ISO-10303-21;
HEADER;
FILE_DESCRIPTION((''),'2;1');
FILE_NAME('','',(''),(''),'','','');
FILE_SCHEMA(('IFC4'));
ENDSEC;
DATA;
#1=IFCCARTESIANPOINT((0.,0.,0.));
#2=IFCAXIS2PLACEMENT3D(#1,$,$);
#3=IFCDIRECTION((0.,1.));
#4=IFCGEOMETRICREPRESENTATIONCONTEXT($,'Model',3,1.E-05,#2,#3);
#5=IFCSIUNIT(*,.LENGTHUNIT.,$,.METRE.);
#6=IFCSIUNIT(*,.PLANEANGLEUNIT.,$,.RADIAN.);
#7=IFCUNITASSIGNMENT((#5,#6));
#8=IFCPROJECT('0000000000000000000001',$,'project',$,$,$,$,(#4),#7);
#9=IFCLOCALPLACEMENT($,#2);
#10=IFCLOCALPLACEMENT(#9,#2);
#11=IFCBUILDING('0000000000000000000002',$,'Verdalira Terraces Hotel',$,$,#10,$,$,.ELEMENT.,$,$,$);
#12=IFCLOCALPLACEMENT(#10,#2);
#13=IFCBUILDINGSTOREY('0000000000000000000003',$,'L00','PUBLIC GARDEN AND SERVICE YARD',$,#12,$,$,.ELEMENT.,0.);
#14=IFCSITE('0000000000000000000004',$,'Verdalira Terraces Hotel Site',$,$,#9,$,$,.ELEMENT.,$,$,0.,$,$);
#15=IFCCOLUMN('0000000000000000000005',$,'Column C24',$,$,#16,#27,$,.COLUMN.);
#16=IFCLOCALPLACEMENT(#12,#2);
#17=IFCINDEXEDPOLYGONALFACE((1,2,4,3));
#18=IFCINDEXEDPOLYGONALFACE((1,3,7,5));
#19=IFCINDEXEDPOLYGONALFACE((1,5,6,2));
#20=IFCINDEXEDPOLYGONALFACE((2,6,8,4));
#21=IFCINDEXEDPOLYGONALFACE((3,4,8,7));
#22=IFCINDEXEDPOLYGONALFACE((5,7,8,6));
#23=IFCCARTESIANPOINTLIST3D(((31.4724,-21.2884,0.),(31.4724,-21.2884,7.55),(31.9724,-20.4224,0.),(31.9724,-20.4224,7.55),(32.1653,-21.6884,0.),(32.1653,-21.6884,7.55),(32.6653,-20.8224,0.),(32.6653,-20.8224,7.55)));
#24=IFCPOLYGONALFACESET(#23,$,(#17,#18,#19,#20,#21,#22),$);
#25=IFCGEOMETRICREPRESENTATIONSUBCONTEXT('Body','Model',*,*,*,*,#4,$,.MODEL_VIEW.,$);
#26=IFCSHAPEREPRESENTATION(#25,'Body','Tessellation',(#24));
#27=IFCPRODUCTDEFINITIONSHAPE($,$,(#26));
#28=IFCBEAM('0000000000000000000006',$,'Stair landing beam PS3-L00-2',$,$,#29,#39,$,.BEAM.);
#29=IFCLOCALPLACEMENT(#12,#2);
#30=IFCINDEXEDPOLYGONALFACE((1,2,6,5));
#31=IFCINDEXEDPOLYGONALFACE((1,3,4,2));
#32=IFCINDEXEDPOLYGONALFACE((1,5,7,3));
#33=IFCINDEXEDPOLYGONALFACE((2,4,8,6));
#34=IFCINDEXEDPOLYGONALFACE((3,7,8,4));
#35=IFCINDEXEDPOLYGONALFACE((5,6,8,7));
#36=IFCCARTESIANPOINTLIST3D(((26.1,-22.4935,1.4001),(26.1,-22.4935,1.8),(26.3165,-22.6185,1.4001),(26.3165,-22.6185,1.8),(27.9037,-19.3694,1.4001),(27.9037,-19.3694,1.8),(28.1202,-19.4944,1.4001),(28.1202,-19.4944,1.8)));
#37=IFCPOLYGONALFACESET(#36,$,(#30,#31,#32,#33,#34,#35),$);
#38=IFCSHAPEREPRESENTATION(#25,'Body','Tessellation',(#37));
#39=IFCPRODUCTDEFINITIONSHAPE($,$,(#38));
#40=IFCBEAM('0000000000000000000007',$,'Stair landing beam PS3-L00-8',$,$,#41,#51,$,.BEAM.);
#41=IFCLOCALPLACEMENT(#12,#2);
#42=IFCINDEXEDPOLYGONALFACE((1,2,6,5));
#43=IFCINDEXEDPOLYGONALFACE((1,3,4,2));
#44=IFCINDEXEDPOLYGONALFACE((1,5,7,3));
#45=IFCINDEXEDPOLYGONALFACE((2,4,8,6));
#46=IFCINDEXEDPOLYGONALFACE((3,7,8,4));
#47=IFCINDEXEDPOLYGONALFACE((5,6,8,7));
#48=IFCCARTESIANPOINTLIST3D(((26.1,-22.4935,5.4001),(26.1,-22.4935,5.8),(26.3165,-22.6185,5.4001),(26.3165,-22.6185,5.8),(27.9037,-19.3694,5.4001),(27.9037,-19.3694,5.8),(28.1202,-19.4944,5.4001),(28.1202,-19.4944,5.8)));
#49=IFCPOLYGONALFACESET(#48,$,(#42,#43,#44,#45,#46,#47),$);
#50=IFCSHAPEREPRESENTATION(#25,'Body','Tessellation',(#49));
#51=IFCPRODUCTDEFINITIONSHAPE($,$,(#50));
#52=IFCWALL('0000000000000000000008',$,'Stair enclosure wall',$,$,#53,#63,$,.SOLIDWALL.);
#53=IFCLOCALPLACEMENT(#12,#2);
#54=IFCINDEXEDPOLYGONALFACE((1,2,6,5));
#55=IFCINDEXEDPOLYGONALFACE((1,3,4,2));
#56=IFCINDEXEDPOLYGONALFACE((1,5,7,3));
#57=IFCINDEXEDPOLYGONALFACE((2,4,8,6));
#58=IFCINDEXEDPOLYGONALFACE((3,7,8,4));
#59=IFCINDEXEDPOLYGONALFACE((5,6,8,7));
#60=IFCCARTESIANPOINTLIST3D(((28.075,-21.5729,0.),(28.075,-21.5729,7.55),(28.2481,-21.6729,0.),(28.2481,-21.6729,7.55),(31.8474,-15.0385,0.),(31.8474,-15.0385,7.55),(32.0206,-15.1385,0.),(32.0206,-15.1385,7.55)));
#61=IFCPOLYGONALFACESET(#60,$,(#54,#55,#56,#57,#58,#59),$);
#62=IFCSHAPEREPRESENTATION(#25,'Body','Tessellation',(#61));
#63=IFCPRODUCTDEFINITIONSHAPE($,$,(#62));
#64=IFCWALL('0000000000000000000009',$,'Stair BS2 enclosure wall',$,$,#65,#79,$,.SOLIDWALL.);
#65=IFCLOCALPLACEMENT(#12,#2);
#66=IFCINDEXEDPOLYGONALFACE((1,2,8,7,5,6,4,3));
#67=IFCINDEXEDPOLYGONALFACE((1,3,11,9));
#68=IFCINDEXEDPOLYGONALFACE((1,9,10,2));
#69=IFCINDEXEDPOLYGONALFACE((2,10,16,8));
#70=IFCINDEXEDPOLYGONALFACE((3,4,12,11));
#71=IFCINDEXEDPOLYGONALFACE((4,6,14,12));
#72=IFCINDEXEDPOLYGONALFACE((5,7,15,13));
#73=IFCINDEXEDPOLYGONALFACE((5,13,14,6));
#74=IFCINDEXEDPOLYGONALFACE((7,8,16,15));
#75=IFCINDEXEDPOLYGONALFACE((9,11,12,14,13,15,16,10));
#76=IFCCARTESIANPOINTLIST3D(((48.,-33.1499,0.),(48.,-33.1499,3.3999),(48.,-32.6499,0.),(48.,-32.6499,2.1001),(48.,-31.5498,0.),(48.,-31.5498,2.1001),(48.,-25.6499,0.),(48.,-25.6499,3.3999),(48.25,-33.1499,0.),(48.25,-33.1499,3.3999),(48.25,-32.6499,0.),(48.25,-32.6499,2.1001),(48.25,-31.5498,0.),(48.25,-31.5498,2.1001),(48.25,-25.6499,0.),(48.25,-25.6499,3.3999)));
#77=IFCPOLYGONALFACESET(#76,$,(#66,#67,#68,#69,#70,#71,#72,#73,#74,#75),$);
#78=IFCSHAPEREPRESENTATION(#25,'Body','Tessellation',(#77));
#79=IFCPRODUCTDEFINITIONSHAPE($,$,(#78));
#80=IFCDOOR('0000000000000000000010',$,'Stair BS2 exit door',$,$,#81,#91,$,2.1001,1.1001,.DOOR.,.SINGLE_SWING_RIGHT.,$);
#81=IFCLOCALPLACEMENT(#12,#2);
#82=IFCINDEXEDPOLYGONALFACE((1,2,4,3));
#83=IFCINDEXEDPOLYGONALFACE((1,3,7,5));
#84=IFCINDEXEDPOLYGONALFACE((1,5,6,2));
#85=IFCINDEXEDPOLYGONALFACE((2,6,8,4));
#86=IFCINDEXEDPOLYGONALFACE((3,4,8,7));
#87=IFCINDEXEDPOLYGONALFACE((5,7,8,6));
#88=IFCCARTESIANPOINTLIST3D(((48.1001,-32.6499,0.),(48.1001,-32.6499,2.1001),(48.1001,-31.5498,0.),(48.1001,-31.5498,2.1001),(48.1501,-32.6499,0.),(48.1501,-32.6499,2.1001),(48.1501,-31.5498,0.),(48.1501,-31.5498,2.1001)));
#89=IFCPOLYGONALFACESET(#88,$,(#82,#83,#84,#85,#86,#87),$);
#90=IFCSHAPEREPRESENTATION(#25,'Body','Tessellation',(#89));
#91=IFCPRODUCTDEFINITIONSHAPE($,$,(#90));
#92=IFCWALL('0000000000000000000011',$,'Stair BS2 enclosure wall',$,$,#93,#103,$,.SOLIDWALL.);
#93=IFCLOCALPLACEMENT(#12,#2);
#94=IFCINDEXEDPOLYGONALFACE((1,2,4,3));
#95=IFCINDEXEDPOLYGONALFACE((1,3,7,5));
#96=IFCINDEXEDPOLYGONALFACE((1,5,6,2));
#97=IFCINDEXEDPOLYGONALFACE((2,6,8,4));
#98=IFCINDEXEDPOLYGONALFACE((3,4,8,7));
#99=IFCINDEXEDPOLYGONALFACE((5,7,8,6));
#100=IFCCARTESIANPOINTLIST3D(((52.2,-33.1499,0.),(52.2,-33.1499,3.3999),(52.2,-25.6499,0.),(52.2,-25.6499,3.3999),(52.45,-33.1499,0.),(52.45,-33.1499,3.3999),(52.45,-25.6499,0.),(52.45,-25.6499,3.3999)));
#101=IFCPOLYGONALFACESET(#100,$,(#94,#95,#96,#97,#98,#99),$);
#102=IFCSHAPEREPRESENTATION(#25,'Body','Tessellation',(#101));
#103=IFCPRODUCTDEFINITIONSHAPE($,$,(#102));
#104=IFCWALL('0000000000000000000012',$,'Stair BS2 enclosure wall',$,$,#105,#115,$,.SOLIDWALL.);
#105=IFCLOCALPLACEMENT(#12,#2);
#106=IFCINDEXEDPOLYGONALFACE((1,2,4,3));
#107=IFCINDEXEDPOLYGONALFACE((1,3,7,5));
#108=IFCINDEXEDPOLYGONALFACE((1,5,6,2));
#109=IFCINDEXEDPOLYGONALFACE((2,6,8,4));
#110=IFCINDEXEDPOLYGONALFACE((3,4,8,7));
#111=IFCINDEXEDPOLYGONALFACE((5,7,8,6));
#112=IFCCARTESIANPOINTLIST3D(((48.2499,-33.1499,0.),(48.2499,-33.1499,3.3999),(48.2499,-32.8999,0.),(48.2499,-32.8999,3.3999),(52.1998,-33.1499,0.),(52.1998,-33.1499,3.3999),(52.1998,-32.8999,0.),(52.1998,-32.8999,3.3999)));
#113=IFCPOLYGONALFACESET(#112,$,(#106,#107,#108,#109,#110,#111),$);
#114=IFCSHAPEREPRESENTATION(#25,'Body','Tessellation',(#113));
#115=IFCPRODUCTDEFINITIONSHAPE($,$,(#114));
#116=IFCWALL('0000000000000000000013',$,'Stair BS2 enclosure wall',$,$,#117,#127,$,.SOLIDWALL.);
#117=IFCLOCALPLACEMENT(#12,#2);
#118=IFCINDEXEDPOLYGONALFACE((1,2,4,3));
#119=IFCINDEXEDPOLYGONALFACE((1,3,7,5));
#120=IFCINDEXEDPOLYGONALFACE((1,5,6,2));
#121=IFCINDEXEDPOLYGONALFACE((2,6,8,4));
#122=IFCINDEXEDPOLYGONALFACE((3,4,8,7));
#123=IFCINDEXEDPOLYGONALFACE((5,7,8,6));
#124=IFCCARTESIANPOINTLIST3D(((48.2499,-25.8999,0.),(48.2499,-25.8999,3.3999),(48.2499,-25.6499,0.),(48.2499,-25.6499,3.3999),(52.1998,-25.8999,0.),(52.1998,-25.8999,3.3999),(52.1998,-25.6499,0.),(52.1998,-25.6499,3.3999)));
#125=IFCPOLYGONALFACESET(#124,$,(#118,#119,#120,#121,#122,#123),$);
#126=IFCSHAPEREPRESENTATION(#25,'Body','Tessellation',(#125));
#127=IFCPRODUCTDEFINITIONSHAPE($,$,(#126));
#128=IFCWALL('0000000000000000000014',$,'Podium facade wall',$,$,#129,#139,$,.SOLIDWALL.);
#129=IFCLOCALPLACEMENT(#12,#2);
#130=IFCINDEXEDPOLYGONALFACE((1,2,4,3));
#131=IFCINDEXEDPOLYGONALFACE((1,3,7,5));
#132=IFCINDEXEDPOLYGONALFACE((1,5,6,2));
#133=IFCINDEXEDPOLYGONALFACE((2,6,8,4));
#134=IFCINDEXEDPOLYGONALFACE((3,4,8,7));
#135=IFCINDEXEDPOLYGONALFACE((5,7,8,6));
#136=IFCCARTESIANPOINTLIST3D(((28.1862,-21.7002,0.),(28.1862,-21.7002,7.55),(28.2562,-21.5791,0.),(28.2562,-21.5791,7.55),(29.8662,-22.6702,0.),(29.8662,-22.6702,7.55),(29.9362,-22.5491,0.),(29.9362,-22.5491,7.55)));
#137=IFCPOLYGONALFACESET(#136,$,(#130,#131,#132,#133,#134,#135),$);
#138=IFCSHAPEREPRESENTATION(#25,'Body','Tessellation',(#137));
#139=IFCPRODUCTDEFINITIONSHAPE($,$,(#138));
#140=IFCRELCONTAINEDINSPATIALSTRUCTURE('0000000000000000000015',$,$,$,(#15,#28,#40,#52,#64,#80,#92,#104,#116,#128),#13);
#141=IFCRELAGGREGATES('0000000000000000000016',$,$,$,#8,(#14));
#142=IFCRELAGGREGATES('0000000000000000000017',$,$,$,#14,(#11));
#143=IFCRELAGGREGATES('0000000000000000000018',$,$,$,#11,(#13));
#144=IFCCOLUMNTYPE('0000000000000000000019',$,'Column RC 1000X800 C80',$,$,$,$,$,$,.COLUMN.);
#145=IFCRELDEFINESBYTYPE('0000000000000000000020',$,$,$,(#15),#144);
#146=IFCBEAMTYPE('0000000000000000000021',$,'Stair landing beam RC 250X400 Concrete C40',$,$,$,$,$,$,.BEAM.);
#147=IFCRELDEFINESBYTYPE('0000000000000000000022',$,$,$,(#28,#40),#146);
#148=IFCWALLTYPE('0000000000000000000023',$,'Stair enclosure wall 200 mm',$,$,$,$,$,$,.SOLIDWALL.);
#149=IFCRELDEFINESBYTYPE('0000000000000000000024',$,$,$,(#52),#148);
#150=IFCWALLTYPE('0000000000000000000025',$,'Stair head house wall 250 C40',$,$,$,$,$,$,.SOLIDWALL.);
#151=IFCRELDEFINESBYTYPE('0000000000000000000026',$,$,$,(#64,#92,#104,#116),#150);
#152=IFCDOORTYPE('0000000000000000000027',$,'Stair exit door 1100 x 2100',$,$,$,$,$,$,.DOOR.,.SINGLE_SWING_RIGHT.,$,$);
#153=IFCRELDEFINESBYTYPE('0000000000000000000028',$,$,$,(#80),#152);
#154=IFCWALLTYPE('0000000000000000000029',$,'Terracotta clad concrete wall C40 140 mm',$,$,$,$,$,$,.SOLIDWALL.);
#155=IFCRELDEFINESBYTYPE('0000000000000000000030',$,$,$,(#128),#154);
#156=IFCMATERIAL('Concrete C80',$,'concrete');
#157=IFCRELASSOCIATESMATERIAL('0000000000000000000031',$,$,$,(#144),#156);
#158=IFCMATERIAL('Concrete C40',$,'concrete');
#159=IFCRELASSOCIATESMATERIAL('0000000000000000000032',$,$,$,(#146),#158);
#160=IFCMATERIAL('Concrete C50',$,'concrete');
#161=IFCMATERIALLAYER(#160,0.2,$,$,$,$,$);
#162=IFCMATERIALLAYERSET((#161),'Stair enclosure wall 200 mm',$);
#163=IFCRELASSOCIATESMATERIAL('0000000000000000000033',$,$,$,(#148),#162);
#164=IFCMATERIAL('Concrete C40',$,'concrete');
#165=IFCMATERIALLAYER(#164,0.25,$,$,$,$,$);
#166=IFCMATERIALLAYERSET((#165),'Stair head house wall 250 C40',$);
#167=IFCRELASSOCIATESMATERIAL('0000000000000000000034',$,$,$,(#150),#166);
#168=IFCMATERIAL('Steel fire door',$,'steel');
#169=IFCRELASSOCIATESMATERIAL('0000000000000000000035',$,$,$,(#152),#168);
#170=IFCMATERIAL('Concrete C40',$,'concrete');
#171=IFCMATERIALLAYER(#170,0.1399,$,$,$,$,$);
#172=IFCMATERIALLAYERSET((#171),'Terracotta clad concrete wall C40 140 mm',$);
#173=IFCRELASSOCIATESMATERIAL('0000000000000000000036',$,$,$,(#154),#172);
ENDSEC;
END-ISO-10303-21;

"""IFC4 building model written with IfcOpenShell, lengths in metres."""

from ifc_helpers import new_model, si_unit, direction, frame, frame_2d, origin, origin_2d, place, context, subcontext, project, spatial, rectangle, extrude, material, layer, layer_set, material_profile, profile_set, type_object, element, fill, save


model = new_model("IFC4")

# Units and contexts
model_context = context("Model", 3, precision=1e-05, world=origin(), true_north=direction((0.0, 1.0)))
body_context = subcontext(model_context, "Body", "Model", "MODEL_VIEW")
ifc_project = project(units=[si_unit("LENGTHUNIT", "METRE"), si_unit("PLANEANGLEUNIT", "RADIAN")], contexts=[model_context])

# Site, building, storey
site_placement = place(None, origin())
site = spatial("IfcSite", under=ifc_project, at=site_placement, Name="Verdalira Terraces Hotel Site", CompositionType="ELEMENT", RefElevation=0.0)
building_placement = place(site_placement, origin())
building = spatial("IfcBuilding", under=site, at=building_placement, Name="Verdalira Terraces Hotel", CompositionType="ELEMENT")
storey_placement = place(building_placement, origin())
storey = spatial("IfcBuildingStorey", under=building, at=storey_placement, Name="L00", Description="PUBLIC GARDEN AND SERVICE YARD", CompositionType="ELEMENT", Elevation=0.0)

# Column
ifc_material_1 = material(Name="Concrete C80", Category="concrete")
ifc_material_profile_1 = material_profile(ifc_material_1, rectangle(XDim=1.0, YDim=0.8, at=origin_2d()), Name="RC 1000X800")
ifc_profile_set_1 = profile_set([ifc_material_profile_1], Name="Concrete C80")
column_type = type_object("IfcColumnType", Name="Column RC 1000X800 C80", PredefinedType="COLUMN", material=ifc_profile_set_1)
column_placement = place(storey_placement, frame((32.0688, -21.0554, 0.0), z_axis=(0.0, 0.0, 1.0), x_axis=(0.5, 0.866025, 0.0)))
element("IfcColumn", 1, at=column_placement, inside=storey, type_object=column_type, Name="Column C24", PredefinedType="COLUMN", context=body_context, shape_type="SweptSolid", body=[
    extrude(rectangle(XDim=1.0, YDim=0.8, at=origin_2d()), origin(), (0.0, 0.0, 1.0), 7.55),
])

# Beams
ifc_material_2 = material(Name="Concrete C40", Category="concrete")
ifc_material_profile_2 = material_profile(ifc_material_2, rectangle(XDim=0.25, YDim=0.3999, at=origin_2d()), Name="RC 250X400")
ifc_profile_set_2 = profile_set([ifc_material_profile_2], Name="Concrete C40")
beam_type = type_object("IfcBeamType", Name="Stair landing beam RC 250X400 Concrete C40", PredefinedType="BEAM", material=ifc_profile_set_2)
for number, where, z_axis, x_axis, name in (
    (2, (28.012, -19.4319, 1.6001), (-0.500011, -0.866019, 0.0), (0.866019, -0.500011, 0.0), "Stair landing beam PS3-L00-2"),
    (3, (28.012, -19.4319, 5.6001), (-0.500011, -0.866019, 0.0), (0.866019, -0.500011, 0.0), "Stair landing beam PS3-L00-8"),
):
    element("IfcBeam", number, at=place(storey_placement, frame(where, z_axis=z_axis, x_axis=x_axis)), inside=storey, type_object=beam_type, Name=name, PredefinedType="BEAM", context=body_context, shape_type="SweptSolid", body=[
        extrude(rectangle(XDim=0.25, YDim=0.3999, at=origin_2d()), origin(), (0.0, 0.0, 1.0), 3.6074),
    ])

# Wall
ifc_material_3 = material(Name="Concrete C50", Category="concrete")
ifc_layer_1 = layer(ifc_material_3, 0.2)
ifc_layer_set_1 = layer_set([ifc_layer_1], Name="Stair enclosure wall 200 mm")
wall_type_1 = type_object("IfcWallType", Name="Stair enclosure wall 200 mm", PredefinedType="SOLIDWALL", material=ifc_layer_set_1)
wall_1_placement = place(storey_placement, frame((28.1616, -21.6228, 0.0), z_axis=(0.0, 0.0, 1.0), x_axis=(0.499981, 0.866036, 0.0)))
element("IfcWall", 4, at=wall_1_placement, inside=storey, type_object=wall_type_1, Name="Stair enclosure wall", PredefinedType="SOLIDWALL", context=body_context, shape_type="SweptSolid", body=[
    extrude(rectangle(XDim=7.5452, YDim=0.2, at=frame_2d((3.7725, 0.0))), origin(), (0.0, 0.0, 1.0), 7.55),
])

# Wall, opening, door
ifc_material_4 = material(Name="Concrete C40", Category="concrete")
ifc_layer_2 = layer(ifc_material_4, 0.25)
ifc_layer_set_2 = layer_set([ifc_layer_2], Name="Stair head house wall 250 C40")
wall_type_2 = type_object("IfcWallType", Name="Stair head house wall 250 C40", PredefinedType="SOLIDWALL", material=ifc_layer_set_2)
wall_2_placement = place(storey_placement, frame((48.125, -33.1499, 0.0), z_axis=(0.0, 0.0, 1.0), x_axis=(0.0, 1.0, 0.0)))
wall_2 = element("IfcWall", 5, at=wall_2_placement, inside=storey, type_object=wall_type_2, Name="Stair BS2 enclosure wall", PredefinedType="SOLIDWALL", context=body_context, shape_type="SweptSolid", body=[
    extrude(rectangle(XDim=7.5, YDim=0.25, at=frame_2d((3.75, 0.0))), origin(), (0.0, 0.0, 1.0), 3.3999),
])
opening_1_placement = place(wall_2_placement, frame((0.5, 0.0, 0.0)))
opening_1 = element("IfcOpeningElement", 6, at=opening_1_placement, cuts=wall_2, PredefinedType="OPENING", context=body_context, shape_type="SweptSolid", body=[
    extrude(rectangle(XDim=1.1001, YDim=2.1001, at=frame_2d((0.55, 1.05))), frame((0.0, 0.135, 0.0), z_axis=(0.0, -1.0, 0.0), x_axis=(1.0, 0.0, 0.0)), (0.0, 0.0, 1.0), 0.27),
])
ifc_material_5 = material(Name="Steel fire door", Category="steel")
door_type_1 = type_object("IfcDoorType", Name="Stair exit door 1100 x 2100", OperationType="SINGLE_SWING_RIGHT", PredefinedType="DOOR", material=ifc_material_5)
door_1_placement = place(opening_1_placement, origin())
door_1 = element("IfcDoor", 7, at=door_1_placement, inside=storey, type_object=door_type_1, Name="Stair BS2 exit door", OperationType="SINGLE_SWING_RIGHT", OverallHeight=2.1001, OverallWidth=1.1001, PredefinedType="DOOR", context=body_context, shape_type="SweptSolid", body=[
    extrude(rectangle(XDim=1.1001, YDim=2.1001, at=frame_2d((0.55, 1.05))), frame((0.0, 0.0249, 0.0), z_axis=(0.0, -1.0, 0.0), x_axis=(1.0, 0.0, 0.0)), (0.0, 0.0, 1.0), 0.05),
])
fill(opening_1, door_1)

# Walls
wall_3_placement = place(storey_placement, frame((52.325, -33.1499, 0.0), z_axis=(0.0, 0.0, 1.0), x_axis=(0.0, 1.0, 0.0)))
element("IfcWall", 8, at=wall_3_placement, inside=storey, type_object=wall_type_2, Name="Stair BS2 enclosure wall", PredefinedType="SOLIDWALL", context=body_context, shape_type="SweptSolid", body=[
    extrude(rectangle(XDim=7.5, YDim=0.25, at=frame_2d((3.75, 0.0))), origin(), (0.0, 0.0, 1.0), 3.3999),
])
for number, where, z_axis, x_axis, name in (
    (9, (52.2, -33.0249, 0.0), (0.0, 0.0, 1.0), (-1.0, 0.0, 0.0), "Stair BS2 enclosure wall"),
    (10, (52.2, -25.7749, 0.0), (0.0, 0.0, 1.0), (-1.0, 0.0, 0.0), "Stair BS2 enclosure wall"),
):
    element("IfcWall", number, at=place(storey_placement, frame(where, z_axis=z_axis, x_axis=x_axis)), inside=storey, type_object=wall_type_2, Name=name, PredefinedType="SOLIDWALL", context=body_context, shape_type="SweptSolid", body=[
        extrude(rectangle(XDim=3.95, YDim=0.25, at=frame_2d((1.9751, 0.0))), origin(), (0.0, 0.0, 1.0), 3.3999),
    ])
ifc_material_6 = material(Name="Concrete C40", Category="concrete")
ifc_layer_3 = layer(ifc_material_6, 0.1399)
ifc_layer_set_3 = layer_set([ifc_layer_3], Name="Terracotta clad concrete wall C40 140 mm")
wall_type_3 = type_object("IfcWallType", Name="Terracotta clad concrete wall C40 140 mm", PredefinedType="SOLIDWALL", material=ifc_layer_set_3)
wall_4_placement = place(storey_placement, frame((28.2212, -21.6396, 0.0), z_axis=(0.0, 0.0, 1.0), x_axis=(0.866012, -0.500024, 0.0)))
element("IfcWall", 11, at=wall_4_placement, inside=storey, type_object=wall_type_3, Name="Podium facade wall", PredefinedType="SOLIDWALL", context=body_context, shape_type="SweptSolid", body=[
    extrude(rectangle(XDim=1.9399, YDim=0.1399, at=frame_2d((0.97, 0.0))), origin(), (0.0, 0.0, 1.0), 7.55),
])

save(model, "model.ifc")
